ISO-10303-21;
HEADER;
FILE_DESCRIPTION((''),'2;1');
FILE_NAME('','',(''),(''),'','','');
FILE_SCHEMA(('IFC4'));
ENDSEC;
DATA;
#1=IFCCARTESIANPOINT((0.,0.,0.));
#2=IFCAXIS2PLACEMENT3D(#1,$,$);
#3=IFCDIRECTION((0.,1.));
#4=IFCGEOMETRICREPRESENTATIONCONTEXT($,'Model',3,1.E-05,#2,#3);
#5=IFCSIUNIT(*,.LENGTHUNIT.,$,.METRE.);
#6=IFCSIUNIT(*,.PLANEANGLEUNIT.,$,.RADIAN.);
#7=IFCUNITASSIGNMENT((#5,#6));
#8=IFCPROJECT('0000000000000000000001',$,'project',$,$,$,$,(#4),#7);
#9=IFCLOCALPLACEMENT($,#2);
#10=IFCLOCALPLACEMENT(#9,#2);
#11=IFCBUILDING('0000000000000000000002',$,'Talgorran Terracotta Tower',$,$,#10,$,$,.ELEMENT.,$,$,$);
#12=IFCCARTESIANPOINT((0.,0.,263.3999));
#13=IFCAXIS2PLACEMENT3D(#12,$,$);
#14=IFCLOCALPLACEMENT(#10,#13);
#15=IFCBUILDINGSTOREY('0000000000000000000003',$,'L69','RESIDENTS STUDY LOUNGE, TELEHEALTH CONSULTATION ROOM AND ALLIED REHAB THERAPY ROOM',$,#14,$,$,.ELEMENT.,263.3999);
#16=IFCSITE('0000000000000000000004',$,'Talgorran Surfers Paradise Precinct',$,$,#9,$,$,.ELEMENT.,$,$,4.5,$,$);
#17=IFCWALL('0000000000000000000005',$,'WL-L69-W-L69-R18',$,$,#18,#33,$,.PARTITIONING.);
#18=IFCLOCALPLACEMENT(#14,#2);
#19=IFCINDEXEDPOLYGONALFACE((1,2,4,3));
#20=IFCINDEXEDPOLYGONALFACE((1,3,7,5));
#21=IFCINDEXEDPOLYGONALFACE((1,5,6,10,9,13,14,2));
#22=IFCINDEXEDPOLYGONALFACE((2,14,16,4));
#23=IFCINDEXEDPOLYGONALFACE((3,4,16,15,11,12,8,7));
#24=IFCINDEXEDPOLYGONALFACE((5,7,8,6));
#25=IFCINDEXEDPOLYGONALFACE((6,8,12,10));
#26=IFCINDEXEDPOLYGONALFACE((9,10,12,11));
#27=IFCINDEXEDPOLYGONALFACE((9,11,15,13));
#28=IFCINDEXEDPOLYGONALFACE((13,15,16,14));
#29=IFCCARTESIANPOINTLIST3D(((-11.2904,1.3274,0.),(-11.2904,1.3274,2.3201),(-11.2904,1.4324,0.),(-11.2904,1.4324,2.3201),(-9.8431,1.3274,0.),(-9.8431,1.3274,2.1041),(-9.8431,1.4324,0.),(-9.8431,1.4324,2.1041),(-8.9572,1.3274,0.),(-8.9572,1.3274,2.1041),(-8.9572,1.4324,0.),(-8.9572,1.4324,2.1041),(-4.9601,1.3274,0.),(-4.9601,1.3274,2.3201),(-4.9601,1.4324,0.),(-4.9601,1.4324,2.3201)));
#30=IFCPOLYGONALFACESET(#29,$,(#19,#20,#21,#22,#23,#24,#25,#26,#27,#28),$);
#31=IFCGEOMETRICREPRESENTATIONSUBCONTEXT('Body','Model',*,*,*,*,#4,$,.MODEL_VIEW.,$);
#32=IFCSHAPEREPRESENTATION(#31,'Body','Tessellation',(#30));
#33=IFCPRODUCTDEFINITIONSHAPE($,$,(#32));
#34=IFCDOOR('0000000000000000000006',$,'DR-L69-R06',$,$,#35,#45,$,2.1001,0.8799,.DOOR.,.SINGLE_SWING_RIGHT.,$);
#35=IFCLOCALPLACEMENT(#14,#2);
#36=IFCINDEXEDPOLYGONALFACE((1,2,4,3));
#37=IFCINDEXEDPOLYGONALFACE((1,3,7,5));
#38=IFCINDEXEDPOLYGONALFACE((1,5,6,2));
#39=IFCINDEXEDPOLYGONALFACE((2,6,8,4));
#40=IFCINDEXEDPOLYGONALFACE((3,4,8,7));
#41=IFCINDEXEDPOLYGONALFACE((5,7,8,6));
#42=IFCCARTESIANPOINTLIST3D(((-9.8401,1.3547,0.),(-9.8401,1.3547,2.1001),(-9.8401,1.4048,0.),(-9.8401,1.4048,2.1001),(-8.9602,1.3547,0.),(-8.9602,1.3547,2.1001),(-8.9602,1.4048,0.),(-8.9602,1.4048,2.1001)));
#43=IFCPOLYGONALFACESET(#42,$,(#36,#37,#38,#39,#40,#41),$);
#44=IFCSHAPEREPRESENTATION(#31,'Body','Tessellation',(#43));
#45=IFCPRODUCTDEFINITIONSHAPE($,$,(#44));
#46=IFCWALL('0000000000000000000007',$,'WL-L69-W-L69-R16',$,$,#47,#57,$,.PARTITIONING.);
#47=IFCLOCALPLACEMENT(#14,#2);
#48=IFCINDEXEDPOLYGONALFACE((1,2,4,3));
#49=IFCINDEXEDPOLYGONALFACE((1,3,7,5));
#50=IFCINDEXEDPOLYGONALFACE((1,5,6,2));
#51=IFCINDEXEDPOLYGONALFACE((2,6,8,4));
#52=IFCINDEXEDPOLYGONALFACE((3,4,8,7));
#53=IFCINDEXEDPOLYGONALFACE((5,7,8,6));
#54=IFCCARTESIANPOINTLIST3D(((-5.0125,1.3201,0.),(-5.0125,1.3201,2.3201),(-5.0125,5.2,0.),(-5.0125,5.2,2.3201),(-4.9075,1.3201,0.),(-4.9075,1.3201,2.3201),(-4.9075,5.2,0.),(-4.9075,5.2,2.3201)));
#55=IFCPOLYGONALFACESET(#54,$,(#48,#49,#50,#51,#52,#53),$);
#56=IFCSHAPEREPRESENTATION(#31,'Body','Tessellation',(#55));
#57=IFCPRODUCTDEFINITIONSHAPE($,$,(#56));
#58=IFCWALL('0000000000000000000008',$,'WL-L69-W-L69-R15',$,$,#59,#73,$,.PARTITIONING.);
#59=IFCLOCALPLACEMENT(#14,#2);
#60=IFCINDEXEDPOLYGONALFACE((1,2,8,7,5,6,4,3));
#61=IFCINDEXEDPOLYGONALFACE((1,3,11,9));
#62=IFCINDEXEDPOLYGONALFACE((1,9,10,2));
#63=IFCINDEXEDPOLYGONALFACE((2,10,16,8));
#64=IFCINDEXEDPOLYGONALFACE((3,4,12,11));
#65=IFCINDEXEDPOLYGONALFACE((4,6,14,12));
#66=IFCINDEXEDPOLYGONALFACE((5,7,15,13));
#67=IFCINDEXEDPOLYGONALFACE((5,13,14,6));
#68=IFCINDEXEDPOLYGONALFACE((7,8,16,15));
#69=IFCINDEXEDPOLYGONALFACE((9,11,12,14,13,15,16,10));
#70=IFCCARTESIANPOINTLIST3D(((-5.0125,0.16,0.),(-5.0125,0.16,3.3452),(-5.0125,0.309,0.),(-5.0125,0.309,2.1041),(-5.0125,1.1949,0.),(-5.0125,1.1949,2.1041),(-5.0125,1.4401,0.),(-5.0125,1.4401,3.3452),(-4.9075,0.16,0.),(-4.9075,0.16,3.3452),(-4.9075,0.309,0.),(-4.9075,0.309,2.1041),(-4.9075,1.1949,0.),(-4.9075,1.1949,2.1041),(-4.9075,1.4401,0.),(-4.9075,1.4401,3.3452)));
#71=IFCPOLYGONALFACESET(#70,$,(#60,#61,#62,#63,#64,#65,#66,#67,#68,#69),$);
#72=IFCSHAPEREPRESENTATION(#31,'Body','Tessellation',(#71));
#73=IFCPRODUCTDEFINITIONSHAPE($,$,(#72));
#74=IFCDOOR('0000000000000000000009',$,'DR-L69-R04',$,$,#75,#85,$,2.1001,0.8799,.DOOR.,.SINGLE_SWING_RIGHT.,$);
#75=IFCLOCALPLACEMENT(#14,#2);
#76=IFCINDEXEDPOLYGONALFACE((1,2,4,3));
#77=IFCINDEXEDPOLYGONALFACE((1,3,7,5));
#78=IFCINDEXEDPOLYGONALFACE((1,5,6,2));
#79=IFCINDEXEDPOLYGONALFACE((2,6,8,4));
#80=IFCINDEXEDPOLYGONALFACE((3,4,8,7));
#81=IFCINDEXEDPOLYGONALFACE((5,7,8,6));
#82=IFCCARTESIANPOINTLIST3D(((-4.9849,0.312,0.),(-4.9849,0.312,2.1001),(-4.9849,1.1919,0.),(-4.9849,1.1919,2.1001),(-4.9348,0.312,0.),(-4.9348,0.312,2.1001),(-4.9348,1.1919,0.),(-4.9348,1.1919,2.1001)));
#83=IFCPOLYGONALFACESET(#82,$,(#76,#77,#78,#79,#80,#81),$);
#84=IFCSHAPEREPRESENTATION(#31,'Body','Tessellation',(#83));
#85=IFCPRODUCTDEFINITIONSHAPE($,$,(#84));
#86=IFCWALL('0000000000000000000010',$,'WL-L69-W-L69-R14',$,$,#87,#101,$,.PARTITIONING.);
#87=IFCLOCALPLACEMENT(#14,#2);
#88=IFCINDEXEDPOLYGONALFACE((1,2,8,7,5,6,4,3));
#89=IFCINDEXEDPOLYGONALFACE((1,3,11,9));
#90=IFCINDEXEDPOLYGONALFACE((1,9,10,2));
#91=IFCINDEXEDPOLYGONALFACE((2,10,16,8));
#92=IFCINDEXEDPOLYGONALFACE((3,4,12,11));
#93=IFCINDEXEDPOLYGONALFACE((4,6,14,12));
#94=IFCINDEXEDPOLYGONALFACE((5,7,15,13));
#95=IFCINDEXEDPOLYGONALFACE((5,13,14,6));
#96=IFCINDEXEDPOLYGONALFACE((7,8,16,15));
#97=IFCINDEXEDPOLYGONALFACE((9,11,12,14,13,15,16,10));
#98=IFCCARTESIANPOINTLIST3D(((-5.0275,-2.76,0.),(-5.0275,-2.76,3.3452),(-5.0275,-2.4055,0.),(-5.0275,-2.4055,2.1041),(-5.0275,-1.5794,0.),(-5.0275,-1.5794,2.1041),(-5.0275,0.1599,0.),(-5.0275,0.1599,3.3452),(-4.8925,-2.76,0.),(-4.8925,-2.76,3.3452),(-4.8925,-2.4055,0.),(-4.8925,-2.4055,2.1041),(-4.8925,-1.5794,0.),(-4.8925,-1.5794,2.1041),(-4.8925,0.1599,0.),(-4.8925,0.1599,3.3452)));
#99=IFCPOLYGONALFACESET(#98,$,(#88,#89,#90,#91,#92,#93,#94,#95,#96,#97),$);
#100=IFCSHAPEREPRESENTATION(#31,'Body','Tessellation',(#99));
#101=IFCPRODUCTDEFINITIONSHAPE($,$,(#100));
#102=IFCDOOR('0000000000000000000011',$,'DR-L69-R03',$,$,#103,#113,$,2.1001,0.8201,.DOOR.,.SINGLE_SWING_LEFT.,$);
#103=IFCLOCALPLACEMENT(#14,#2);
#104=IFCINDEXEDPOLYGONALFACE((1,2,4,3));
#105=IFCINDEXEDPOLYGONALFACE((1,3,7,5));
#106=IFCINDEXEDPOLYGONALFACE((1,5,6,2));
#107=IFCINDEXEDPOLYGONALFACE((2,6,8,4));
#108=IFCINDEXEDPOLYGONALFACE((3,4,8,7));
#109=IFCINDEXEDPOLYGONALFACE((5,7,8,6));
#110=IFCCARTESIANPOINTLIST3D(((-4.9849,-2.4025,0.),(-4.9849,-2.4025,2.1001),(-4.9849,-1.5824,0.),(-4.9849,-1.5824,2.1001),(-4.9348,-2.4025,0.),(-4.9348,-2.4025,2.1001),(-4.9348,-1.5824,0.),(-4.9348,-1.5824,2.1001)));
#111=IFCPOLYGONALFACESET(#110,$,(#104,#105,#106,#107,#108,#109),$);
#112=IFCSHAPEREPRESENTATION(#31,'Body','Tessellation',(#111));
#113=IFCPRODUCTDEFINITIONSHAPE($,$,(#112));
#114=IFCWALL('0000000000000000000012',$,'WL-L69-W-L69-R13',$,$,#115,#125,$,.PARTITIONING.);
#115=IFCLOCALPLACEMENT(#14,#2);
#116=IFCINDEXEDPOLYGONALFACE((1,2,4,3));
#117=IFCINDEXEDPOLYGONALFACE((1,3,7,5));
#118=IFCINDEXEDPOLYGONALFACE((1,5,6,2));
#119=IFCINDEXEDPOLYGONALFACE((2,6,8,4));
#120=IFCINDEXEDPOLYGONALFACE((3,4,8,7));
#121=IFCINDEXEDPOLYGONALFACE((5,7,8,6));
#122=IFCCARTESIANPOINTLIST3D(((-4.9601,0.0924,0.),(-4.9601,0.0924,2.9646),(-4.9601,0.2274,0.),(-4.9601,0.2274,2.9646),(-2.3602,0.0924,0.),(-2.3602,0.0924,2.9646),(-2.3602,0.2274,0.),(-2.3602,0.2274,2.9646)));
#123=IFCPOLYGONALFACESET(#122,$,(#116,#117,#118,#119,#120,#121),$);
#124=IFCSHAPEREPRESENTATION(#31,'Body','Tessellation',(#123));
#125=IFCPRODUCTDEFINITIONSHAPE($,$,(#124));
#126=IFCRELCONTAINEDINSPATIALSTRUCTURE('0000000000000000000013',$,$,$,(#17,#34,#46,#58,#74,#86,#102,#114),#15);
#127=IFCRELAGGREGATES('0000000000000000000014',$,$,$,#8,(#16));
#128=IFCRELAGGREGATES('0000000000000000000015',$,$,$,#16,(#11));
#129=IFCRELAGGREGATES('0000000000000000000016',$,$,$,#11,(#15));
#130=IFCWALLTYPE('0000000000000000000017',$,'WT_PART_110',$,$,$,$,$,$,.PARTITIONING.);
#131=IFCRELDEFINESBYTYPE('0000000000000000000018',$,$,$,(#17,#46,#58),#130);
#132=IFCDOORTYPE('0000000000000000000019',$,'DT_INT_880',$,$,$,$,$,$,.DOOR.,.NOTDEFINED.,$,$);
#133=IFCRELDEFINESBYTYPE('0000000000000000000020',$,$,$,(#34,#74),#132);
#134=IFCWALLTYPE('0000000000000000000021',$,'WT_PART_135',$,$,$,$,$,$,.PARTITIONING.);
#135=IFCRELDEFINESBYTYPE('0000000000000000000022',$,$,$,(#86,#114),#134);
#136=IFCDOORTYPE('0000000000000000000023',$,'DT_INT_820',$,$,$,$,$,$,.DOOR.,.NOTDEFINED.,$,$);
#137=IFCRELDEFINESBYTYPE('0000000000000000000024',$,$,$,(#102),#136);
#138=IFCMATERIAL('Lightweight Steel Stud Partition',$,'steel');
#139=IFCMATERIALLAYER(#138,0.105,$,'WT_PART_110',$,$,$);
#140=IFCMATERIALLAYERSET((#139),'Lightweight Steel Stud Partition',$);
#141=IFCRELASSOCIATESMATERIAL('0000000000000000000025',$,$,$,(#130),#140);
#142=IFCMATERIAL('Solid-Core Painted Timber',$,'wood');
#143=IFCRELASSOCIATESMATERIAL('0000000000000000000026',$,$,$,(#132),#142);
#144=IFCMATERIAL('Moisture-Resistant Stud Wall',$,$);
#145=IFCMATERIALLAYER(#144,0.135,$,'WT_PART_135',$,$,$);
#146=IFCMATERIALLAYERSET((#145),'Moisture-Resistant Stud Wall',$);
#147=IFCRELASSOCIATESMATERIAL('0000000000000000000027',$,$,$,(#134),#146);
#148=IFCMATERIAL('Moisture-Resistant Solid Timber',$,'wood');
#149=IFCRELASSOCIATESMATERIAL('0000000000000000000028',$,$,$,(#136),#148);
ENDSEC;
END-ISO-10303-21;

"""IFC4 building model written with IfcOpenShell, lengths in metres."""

from ifc_helpers import new_model, si_unit, direction, frame, frame_2d, origin, place, context, subcontext, project, spatial, rectangle, extrude, material, layer, layer_set, type_object, element, fill, save


model = new_model("IFC4")

# Units and contexts
model_context = context("Model", 3, precision=1e-05, world=origin(), true_north=direction((0.0, 1.0)))
body_context = subcontext(model_context, "Body", "Model", "MODEL_VIEW")
ifc_project = project(units=[si_unit("LENGTHUNIT", "METRE"), si_unit("PLANEANGLEUNIT", "RADIAN")], contexts=[model_context])

# Site, building, storey
site_placement = place(None, origin())
site = spatial("IfcSite", under=ifc_project, at=site_placement, Name="Talgorran Surfers Paradise Precinct", CompositionType="ELEMENT", RefElevation=4.5)
building_placement = place(site_placement, origin())
building = spatial("IfcBuilding", under=site, at=building_placement, Name="Talgorran Terracotta Tower", CompositionType="ELEMENT")
storey_placement = place(building_placement, frame((0.0, 0.0, 263.3999)))
storey = spatial("IfcBuildingStorey", under=building, at=storey_placement, Name="L69", Description="RESIDENTS STUDY LOUNGE, TELEHEALTH CONSULTATION ROOM AND ALLIED REHAB THERAPY ROOM", CompositionType="ELEMENT", Elevation=263.3999)

# Wall, opening, door
ifc_material_1 = material(Name="Lightweight Steel Stud Partition", Category="steel")
ifc_layer_1 = layer(ifc_material_1, 0.105, Name="WT_PART_110")
ifc_layer_set_1 = layer_set([ifc_layer_1], Name="Lightweight Steel Stud Partition")
wall_type_1 = type_object("IfcWallType", Name="WT_PART_110", PredefinedType="PARTITIONING", material=ifc_layer_set_1)
wall_1_placement = place(storey_placement, frame((-11.2903, 1.3799, 0.0), z_axis=(0.0, 0.0, 1.0), x_axis=(1.0, 0.0, 0.0)))
wall_1 = element("IfcWall", 1, at=wall_1_placement, inside=storey, type_object=wall_type_1, Name="WL-L69-W-L69-R18", PredefinedType="PARTITIONING", context=body_context, shape_type="SweptSolid", body=[
    extrude(rectangle(XDim=6.3303, YDim=0.105, at=frame_2d((3.165, 0.0))), origin(), (0.0, 0.0, 1.0), 2.3201),
])
opening_1_placement = place(wall_1_placement, frame((1.4502, 0.0, 0.0)))
opening_1 = element("IfcOpeningElement", 2, at=opening_1_placement, cuts=wall_1, PredefinedType="OPENING", context=body_context, shape_type="SweptSolid", body=[
    extrude(rectangle(XDim=0.8859, YDim=2.1041, at=frame_2d((0.4399, 1.052))), frame((0.0, 0.0625, 0.0), z_axis=(0.0, -1.0, 0.0), x_axis=(1.0, 0.0, 0.0)), (0.0, 0.0, 1.0), 0.125),
])
ifc_material_2 = material(Name="Solid-Core Painted Timber", Category="wood")
door_type_1 = type_object("IfcDoorType", Name="DT_INT_880", OperationType="NOTDEFINED", PredefinedType="DOOR", material=ifc_material_2)
door_1_placement = place(opening_1_placement, origin())
door_1 = element("IfcDoor", 3, at=door_1_placement, inside=storey, type_object=door_type_1, Name="DR-L69-R06", OperationType="SINGLE_SWING_RIGHT", OverallHeight=2.1001, OverallWidth=0.8799, PredefinedType="DOOR", context=body_context, shape_type="SweptSolid", body=[
    extrude(rectangle(XDim=0.8799, YDim=2.1001, at=frame_2d((0.4399, 1.05))), frame((0.0, 0.0249, 0.0), z_axis=(0.0, -1.0, 0.0), x_axis=(1.0, 0.0, 0.0)), (0.0, 0.0, 1.0), 0.05),
])
fill(opening_1, door_1)

# Wall
wall_2_placement = place(storey_placement, frame((-4.96, 1.3201, 0.0), z_axis=(0.0, 0.0, 1.0), x_axis=(0.0, 1.0, 0.0)))
element("IfcWall", 4, at=wall_2_placement, inside=storey, type_object=wall_type_1, Name="WL-L69-W-L69-R16", PredefinedType="PARTITIONING", context=body_context, shape_type="SweptSolid", body=[
    extrude(rectangle(XDim=3.8799, YDim=0.105, at=frame_2d((1.9399, 0.0))), origin(), (0.0, 0.0, 1.0), 2.3201),
])

# Walls, openings, doors
wall_3_placement = place(storey_placement, frame((-4.96, 0.1599, 0.0), z_axis=(0.0, 0.0, 1.0), x_axis=(0.0, 1.0, 0.0)))
wall_3 = element("IfcWall", 5, at=wall_3_placement, inside=storey, type_object=wall_type_1, Name="WL-L69-W-L69-R15", PredefinedType="PARTITIONING", context=body_context, shape_type="SweptSolid", body=[
    extrude(rectangle(XDim=1.28, YDim=0.105, at=frame_2d((0.6401, 0.0))), origin(), (0.0, 0.0, 1.0), 3.3452),
])
opening_2_placement = place(wall_3_placement, frame((0.1521, 0.0, 0.0)))
opening_2 = element("IfcOpeningElement", 6, at=opening_2_placement, cuts=wall_3, PredefinedType="OPENING", context=body_context, shape_type="SweptSolid", body=[
    extrude(rectangle(XDim=0.8859, YDim=2.1041, at=frame_2d((0.4399, 1.052))), frame((0.0, 0.0625, 0.0), z_axis=(0.0, -1.0, 0.0), x_axis=(1.0, 0.0, 0.0)), (0.0, 0.0, 1.0), 0.125),
])
door_2_placement = place(opening_2_placement, origin())
door_2 = element("IfcDoor", 7, at=door_2_placement, inside=storey, type_object=door_type_1, Name="DR-L69-R04", OperationType="SINGLE_SWING_RIGHT", OverallHeight=2.1001, OverallWidth=0.8799, PredefinedType="DOOR", context=body_context, shape_type="SweptSolid", body=[
    extrude(rectangle(XDim=0.8799, YDim=2.1001, at=frame_2d((0.4399, 1.05))), frame((0.0, 0.0249, 0.0), z_axis=(0.0, -1.0, 0.0), x_axis=(1.0, 0.0, 0.0)), (0.0, 0.0, 1.0), 0.05),
])
fill(opening_2, door_2)
ifc_material_3 = material(Name="Moisture-Resistant Stud Wall")
ifc_layer_2 = layer(ifc_material_3, 0.135, Name="WT_PART_135")
ifc_layer_set_2 = layer_set([ifc_layer_2], Name="Moisture-Resistant Stud Wall")
wall_type_2 = type_object("IfcWallType", Name="WT_PART_135", PredefinedType="PARTITIONING", material=ifc_layer_set_2)
wall_4_placement = place(storey_placement, frame((-4.96, -2.76, 0.0), z_axis=(0.0, 0.0, 1.0), x_axis=(0.0, 1.0, 0.0)))
wall_4 = element("IfcWall", 8, at=wall_4_placement, inside=storey, type_object=wall_type_2, Name="WL-L69-W-L69-R14", PredefinedType="PARTITIONING", context=body_context, shape_type="SweptSolid", body=[
    extrude(rectangle(XDim=2.9199, YDim=0.135, at=frame_2d((1.46, 0.0))), origin(), (0.0, 0.0, 1.0), 3.3452),
])
opening_3_placement = place(wall_4_placement, frame((0.3574, 0.0, 0.0)))
opening_3 = element("IfcOpeningElement", 9, at=opening_3_placement, cuts=wall_4, PredefinedType="OPENING", context=body_context, shape_type="SweptSolid", body=[
    extrude(rectangle(XDim=0.8261, YDim=2.1041, at=frame_2d((0.4102, 1.052))), frame((0.0, 0.0776, 0.0), z_axis=(0.0, -1.0, 0.0), x_axis=(1.0, 0.0, 0.0)), (0.0, 0.0, 1.0), 0.155),
])
ifc_material_4 = material(Name="Moisture-Resistant Solid Timber", Category="wood")
door_type_2 = type_object("IfcDoorType", Name="DT_INT_820", OperationType="NOTDEFINED", PredefinedType="DOOR", material=ifc_material_4)
door_3_placement = place(opening_3_placement, origin())
door_3 = element("IfcDoor", 10, at=door_3_placement, inside=storey, type_object=door_type_2, Name="DR-L69-R03", OperationType="SINGLE_SWING_LEFT", OverallHeight=2.1001, OverallWidth=0.8201, PredefinedType="DOOR", context=body_context, shape_type="SweptSolid", body=[
    extrude(rectangle(XDim=0.8201, YDim=2.1001, at=frame_2d((0.4102, 1.05))), frame((0.0, 0.0249, 0.0), z_axis=(0.0, -1.0, 0.0), x_axis=(1.0, 0.0, 0.0)), (0.0, 0.0, 1.0), 0.05),
])
fill(opening_3, door_3)

# Wall
wall_5_placement = place(storey_placement, frame((-4.96, 0.1599, 0.0), z_axis=(0.0, 0.0, 1.0), x_axis=(1.0, 0.0, 0.0)))
element("IfcWall", 11, at=wall_5_placement, inside=storey, type_object=wall_type_2, Name="WL-L69-W-L69-R13", PredefinedType="PARTITIONING", context=body_context, shape_type="SweptSolid", body=[
    extrude(rectangle(XDim=2.5999, YDim=0.135, at=frame_2d((1.2998, 0.0))), origin(), (0.0, 0.0, 1.0), 2.9646),
])

save(model, "model.ifc")
